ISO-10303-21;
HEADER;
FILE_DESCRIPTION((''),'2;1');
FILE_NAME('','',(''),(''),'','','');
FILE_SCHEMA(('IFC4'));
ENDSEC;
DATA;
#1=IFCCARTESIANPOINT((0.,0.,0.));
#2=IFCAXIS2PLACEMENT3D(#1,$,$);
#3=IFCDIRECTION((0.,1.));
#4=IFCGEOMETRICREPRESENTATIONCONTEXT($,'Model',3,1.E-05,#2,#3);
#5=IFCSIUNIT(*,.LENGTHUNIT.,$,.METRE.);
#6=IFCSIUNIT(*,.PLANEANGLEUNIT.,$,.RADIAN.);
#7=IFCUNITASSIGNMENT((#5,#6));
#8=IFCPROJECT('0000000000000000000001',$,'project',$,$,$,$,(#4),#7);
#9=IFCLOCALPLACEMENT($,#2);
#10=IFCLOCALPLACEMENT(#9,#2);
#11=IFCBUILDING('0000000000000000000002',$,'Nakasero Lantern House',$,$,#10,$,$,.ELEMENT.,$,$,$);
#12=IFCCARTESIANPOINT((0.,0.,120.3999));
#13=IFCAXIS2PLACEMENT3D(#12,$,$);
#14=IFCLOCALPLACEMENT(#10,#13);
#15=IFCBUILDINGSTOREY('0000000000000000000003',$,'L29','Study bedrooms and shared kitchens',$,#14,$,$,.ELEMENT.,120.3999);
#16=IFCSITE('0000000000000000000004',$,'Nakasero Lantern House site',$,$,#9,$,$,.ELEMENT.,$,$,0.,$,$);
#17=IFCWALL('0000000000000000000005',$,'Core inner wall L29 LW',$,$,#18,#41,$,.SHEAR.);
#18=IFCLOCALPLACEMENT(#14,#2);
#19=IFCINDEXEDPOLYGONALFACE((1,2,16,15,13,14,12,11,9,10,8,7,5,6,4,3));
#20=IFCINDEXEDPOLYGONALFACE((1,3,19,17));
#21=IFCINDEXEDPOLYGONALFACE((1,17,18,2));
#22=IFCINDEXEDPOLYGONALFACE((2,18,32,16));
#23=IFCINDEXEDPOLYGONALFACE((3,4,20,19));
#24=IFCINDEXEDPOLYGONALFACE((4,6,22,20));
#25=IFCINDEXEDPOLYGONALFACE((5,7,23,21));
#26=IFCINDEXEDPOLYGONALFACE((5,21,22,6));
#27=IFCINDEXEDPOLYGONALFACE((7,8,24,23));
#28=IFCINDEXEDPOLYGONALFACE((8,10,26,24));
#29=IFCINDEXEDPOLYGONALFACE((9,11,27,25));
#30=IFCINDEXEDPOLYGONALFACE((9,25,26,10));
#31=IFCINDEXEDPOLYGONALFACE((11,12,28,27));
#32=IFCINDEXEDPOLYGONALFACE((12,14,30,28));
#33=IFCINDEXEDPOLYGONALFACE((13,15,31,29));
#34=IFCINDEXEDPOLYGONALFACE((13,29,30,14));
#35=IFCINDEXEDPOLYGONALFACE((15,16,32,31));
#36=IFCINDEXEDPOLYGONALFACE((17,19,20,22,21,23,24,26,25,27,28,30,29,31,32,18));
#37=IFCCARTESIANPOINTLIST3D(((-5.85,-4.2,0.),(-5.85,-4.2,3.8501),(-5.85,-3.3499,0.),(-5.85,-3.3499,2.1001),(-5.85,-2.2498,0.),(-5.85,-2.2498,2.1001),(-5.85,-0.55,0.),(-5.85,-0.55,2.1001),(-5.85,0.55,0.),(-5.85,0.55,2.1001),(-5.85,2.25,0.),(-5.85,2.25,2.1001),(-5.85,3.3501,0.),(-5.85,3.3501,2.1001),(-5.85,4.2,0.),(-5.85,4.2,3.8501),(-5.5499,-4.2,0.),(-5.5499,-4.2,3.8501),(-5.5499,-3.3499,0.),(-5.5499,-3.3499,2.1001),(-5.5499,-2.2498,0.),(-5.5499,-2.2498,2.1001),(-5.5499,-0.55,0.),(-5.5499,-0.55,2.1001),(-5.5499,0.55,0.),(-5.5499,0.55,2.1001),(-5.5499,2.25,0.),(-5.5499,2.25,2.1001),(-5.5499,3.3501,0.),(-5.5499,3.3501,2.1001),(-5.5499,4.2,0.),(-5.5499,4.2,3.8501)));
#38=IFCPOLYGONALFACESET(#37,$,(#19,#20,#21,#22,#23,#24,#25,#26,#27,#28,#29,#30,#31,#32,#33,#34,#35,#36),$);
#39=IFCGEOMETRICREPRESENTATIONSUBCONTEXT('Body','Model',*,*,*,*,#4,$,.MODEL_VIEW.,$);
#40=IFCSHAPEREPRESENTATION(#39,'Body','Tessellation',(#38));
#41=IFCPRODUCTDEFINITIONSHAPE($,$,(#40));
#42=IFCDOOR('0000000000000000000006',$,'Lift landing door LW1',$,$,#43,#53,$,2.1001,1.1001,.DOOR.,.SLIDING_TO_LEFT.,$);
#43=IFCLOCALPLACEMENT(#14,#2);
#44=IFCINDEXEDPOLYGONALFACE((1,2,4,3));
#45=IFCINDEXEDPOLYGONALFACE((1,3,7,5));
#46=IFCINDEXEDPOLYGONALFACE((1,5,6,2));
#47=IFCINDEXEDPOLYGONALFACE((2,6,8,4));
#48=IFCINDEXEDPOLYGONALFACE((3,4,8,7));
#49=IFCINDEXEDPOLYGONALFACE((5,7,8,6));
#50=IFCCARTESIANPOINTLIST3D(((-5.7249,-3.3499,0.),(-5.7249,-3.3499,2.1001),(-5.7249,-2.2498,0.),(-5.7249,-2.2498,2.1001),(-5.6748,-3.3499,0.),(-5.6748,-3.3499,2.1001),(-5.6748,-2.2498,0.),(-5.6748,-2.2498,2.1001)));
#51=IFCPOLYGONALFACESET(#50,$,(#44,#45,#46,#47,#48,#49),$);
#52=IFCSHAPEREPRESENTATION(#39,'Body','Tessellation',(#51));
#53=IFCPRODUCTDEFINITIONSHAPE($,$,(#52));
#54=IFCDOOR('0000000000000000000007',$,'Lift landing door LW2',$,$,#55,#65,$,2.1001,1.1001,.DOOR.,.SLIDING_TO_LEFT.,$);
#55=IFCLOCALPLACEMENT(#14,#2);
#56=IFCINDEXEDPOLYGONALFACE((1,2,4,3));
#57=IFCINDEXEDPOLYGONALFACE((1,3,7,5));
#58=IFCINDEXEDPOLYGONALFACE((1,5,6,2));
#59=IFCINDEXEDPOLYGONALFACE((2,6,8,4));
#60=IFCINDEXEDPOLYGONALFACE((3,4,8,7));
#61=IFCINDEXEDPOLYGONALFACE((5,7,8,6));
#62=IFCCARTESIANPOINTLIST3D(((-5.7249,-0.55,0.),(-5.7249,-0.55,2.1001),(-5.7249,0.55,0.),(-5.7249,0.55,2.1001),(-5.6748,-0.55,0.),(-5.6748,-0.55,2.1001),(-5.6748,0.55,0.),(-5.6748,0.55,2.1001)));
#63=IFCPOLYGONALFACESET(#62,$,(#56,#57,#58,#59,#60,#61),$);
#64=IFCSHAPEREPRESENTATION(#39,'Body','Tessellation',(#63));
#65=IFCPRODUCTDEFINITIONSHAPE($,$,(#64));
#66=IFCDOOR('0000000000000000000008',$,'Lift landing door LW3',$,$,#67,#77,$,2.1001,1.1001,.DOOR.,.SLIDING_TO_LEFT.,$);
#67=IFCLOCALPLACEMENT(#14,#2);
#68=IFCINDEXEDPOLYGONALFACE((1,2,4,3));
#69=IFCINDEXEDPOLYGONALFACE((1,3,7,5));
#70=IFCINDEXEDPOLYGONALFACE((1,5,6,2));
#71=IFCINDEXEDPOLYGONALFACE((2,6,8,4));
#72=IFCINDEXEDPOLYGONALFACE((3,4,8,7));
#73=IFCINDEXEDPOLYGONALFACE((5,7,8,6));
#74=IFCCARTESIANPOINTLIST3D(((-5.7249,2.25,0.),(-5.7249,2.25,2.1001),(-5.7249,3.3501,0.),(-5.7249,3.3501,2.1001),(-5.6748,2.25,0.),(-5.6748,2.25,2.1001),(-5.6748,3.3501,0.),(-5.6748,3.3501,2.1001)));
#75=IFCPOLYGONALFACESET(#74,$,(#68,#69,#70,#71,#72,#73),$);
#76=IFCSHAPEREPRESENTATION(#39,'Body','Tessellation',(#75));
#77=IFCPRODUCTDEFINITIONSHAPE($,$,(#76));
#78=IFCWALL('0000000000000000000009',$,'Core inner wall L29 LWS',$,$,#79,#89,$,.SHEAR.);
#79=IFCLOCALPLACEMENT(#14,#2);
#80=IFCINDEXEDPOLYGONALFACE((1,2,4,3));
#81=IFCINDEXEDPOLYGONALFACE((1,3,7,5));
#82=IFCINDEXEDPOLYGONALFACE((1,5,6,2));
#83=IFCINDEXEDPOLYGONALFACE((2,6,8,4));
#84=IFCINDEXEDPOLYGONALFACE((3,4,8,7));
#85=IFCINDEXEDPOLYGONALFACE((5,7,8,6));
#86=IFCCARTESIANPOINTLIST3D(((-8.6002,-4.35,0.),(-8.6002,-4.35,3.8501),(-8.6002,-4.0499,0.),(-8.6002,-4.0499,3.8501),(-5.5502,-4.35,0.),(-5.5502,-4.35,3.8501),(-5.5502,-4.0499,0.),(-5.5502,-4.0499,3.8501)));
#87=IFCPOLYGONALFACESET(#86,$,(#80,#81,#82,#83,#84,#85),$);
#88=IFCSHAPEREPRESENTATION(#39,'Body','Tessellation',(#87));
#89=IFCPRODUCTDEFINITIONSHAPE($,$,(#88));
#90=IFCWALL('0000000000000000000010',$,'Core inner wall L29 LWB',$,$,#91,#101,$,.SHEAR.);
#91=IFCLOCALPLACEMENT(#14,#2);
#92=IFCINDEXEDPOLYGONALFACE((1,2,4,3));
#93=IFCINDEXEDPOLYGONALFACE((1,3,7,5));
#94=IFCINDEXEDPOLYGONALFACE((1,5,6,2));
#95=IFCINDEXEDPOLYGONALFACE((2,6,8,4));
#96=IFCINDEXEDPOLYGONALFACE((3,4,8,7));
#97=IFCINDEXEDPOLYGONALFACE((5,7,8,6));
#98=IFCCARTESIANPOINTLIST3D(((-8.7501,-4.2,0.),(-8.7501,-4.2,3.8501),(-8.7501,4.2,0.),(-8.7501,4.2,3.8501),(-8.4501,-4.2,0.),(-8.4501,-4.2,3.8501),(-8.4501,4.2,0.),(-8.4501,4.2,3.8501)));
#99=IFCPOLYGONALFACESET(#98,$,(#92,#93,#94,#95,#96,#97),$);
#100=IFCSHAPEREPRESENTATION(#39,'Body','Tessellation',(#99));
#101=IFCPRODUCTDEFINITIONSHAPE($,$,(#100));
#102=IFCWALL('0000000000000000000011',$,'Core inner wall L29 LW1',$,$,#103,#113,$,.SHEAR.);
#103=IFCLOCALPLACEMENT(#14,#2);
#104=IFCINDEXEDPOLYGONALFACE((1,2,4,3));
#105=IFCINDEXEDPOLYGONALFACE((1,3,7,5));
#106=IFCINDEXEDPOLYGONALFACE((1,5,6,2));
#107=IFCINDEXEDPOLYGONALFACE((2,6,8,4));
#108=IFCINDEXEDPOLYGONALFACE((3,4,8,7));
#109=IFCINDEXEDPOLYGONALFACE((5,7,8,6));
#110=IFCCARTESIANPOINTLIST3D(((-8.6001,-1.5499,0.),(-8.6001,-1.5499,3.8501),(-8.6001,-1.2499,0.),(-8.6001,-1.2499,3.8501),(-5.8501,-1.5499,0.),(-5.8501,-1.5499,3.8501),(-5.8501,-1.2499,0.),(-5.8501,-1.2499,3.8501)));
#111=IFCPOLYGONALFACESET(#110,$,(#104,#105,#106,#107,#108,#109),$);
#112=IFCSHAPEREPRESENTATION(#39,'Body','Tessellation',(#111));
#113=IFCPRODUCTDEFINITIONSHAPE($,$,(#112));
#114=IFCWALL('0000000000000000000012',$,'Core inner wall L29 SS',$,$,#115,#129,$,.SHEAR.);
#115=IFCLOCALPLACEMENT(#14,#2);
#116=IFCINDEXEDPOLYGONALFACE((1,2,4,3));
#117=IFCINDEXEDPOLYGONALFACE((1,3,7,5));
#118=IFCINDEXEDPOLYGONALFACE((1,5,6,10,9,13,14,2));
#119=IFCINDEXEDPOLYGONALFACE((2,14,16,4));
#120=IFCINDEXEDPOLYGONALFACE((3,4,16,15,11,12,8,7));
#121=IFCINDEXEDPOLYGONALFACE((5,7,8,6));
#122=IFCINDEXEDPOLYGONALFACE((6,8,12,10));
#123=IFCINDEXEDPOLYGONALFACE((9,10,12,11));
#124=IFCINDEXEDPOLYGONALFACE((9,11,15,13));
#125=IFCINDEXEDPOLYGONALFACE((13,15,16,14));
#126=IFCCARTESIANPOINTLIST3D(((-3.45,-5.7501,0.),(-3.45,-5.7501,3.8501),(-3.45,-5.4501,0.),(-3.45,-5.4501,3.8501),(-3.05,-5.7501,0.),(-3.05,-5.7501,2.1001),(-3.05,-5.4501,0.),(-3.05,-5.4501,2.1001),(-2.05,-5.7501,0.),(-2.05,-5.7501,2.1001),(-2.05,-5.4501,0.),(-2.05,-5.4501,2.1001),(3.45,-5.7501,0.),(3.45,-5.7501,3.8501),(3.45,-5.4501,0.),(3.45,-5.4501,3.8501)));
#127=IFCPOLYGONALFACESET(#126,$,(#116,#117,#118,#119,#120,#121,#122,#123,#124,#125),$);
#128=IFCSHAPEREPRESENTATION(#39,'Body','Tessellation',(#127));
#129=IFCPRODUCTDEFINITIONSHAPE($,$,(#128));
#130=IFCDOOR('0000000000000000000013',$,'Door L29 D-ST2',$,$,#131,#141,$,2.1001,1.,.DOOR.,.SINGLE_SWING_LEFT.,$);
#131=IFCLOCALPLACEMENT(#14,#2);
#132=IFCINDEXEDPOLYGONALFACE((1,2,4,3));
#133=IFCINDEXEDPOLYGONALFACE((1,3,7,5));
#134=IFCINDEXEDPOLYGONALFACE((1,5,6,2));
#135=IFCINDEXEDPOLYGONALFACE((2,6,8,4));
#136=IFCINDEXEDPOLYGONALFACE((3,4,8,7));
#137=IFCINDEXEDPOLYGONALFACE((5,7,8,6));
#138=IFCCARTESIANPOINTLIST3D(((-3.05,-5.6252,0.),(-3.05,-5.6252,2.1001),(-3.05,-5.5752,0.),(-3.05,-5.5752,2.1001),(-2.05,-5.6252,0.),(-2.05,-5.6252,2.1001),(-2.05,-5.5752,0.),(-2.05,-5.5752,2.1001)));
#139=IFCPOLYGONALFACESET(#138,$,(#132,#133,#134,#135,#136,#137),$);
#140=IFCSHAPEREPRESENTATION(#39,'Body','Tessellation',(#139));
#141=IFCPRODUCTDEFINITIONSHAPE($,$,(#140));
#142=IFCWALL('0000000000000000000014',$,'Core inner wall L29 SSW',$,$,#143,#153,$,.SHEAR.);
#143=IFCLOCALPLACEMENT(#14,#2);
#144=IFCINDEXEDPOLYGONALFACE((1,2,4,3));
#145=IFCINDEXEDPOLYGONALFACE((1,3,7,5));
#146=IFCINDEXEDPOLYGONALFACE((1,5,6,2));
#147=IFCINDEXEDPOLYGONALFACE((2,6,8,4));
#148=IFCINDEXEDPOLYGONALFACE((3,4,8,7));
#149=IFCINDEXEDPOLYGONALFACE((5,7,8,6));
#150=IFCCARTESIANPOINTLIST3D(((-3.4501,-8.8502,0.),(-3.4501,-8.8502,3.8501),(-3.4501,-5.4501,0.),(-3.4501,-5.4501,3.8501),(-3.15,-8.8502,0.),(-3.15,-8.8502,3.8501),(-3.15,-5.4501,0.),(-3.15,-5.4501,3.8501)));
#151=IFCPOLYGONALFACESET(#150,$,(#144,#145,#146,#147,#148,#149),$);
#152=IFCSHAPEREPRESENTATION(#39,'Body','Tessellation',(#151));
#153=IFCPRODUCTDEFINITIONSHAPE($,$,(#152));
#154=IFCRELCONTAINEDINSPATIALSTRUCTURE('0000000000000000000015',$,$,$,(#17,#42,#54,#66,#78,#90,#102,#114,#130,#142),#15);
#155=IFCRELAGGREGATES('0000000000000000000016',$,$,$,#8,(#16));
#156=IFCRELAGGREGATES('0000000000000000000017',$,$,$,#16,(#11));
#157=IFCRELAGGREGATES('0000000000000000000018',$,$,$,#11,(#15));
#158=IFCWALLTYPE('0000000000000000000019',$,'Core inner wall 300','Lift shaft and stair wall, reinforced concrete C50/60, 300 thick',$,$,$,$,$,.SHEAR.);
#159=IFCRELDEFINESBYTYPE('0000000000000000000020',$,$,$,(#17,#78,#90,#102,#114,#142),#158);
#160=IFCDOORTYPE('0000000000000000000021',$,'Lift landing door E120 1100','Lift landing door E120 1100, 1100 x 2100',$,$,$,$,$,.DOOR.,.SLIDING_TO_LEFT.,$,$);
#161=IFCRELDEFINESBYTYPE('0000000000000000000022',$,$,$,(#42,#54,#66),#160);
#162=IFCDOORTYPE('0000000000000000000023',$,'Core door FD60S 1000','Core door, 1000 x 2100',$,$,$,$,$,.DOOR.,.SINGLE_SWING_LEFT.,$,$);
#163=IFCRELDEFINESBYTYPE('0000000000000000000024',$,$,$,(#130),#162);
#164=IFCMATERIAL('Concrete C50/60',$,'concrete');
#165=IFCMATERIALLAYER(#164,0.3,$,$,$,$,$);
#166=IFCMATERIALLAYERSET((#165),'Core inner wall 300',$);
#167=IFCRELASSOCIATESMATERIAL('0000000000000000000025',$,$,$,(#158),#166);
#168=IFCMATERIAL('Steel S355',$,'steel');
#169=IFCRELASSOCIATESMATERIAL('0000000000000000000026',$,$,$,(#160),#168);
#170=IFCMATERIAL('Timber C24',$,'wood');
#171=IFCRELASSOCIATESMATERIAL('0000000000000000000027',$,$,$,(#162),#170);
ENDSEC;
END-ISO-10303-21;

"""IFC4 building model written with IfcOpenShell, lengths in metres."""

from ifc_helpers import new_model, si_unit, direction, frame, frame_2d, origin, place, context, subcontext, project, spatial, rectangle, extrude, material, layer, layer_set, type_object, element, fill, save


model = new_model("IFC4")

# Units and contexts
model_context = context("Model", 3, precision=1e-05, world=origin(), true_north=direction((0.0, 1.0)))
body_context = subcontext(model_context, "Body", "Model", "MODEL_VIEW")
ifc_project = project(units=[si_unit("LENGTHUNIT", "METRE"), si_unit("PLANEANGLEUNIT", "RADIAN")], contexts=[model_context])

# Site, building, storey
site_placement = place(None, origin())
site = spatial("IfcSite", under=ifc_project, at=site_placement, Name="Nakasero Lantern House site", CompositionType="ELEMENT", RefElevation=0.0)
building_placement = place(site_placement, origin())
building = spatial("IfcBuilding", under=site, at=building_placement, Name="Nakasero Lantern House", CompositionType="ELEMENT")
storey_placement = place(building_placement, frame((0.0, 0.0, 120.3999)))
storey = spatial("IfcBuildingStorey", under=building, at=storey_placement, Name="L29", Description="Study bedrooms and shared kitchens", CompositionType="ELEMENT", Elevation=120.3999)

# Wall, openings, doors
ifc_material_1 = material(Name="Concrete C50/60", Category="concrete")
ifc_layer_1 = layer(ifc_material_1, 0.3)
ifc_layer_set_1 = layer_set([ifc_layer_1], Name="Core inner wall 300")
wall_type_1 = type_object("IfcWallType", Name="Core inner wall 300", Description="Lift shaft and stair wall, reinforced concrete C50/60, 300 thick", PredefinedType="SHEAR", material=ifc_layer_set_1)
wall_1_placement = place(storey_placement, frame((-5.7, -4.2, 0.0), z_axis=(0.0, 0.0, 1.0), x_axis=(0.0, 1.0, 0.0)))
wall_1 = element("IfcWall", 1, at=wall_1_placement, inside=storey, type_object=wall_type_1, Name="Core inner wall L29 LW", PredefinedType="SHEAR", context=body_context, shape_type="SweptSolid", body=[
    extrude(rectangle(XDim=8.3999, YDim=0.3, at=frame_2d((4.2, 0.0))), origin(), (0.0, 0.0, 1.0), 3.8501),
])
opening_1_placement = place(wall_1_placement, frame((0.8501, 0.0, 0.0)))
opening_1 = element("IfcOpeningElement", 2, at=opening_1_placement, cuts=wall_1, PredefinedType="OPENING", context=body_context, shape_type="SweptSolid", body=[
    extrude(rectangle(XDim=1.1001, YDim=2.1001, at=frame_2d((0.55, 1.05))), frame((0.0, 0.1699, 0.0), z_axis=(0.0, -1.0, 0.0), x_axis=(1.0, 0.0, 0.0)), (0.0, 0.0, 1.0), 0.3401),
])
opening_2_placement = place(wall_1_placement, frame((3.6499, 0.0, 0.0)))
opening_2 = element("IfcOpeningElement", 3, at=opening_2_placement, cuts=wall_1, PredefinedType="OPENING", context=body_context, shape_type="SweptSolid", body=[
    extrude(rectangle(XDim=1.1001, YDim=2.1001, at=frame_2d((0.55, 1.05))), frame((0.0, 0.1699, 0.0), z_axis=(0.0, -1.0, 0.0), x_axis=(1.0, 0.0, 0.0)), (0.0, 0.0, 1.0), 0.3401),
])
opening_3_placement = place(wall_1_placement, frame((6.45, 0.0, 0.0)))
opening_3 = element("IfcOpeningElement", 4, at=opening_3_placement, cuts=wall_1, PredefinedType="OPENING", context=body_context, shape_type="SweptSolid", body=[
    extrude(rectangle(XDim=1.1001, YDim=2.1001, at=frame_2d((0.55, 1.05))), frame((0.0, 0.1699, 0.0), z_axis=(0.0, -1.0, 0.0), x_axis=(1.0, 0.0, 0.0)), (0.0, 0.0, 1.0), 0.3401),
])
ifc_material_2 = material(Name="Steel S355", Category="steel")
door_type_1 = type_object("IfcDoorType", Name="Lift landing door E120 1100", Description="Lift landing door E120 1100, 1100 x 2100", OperationType="SLIDING_TO_LEFT", PredefinedType="DOOR", material=ifc_material_2)
door_1_placement = place(opening_1_placement, origin())
door_1 = element("IfcDoor", 5, at=door_1_placement, inside=storey, type_object=door_type_1, Name="Lift landing door LW1", OperationType="SLIDING_TO_LEFT", OverallHeight=2.1001, OverallWidth=1.1001, PredefinedType="DOOR", context=body_context, shape_type="SweptSolid", body=[
    extrude(rectangle(XDim=1.1001, YDim=2.1001, at=frame_2d((0.55, 1.05))), frame((0.0, 0.0249, 0.0), z_axis=(0.0, -1.0, 0.0), x_axis=(1.0, 0.0, 0.0)), (0.0, 0.0, 1.0), 0.05),
])
fill(opening_1, door_1)
door_2_placement = place(opening_2_placement, origin())
door_2 = element("IfcDoor", 6, at=door_2_placement, inside=storey, type_object=door_type_1, Name="Lift landing door LW2", OperationType="SLIDING_TO_LEFT", OverallHeight=2.1001, OverallWidth=1.1001, PredefinedType="DOOR", context=body_context, shape_type="SweptSolid", body=[
    extrude(rectangle(XDim=1.1001, YDim=2.1001, at=frame_2d((0.55, 1.05))), frame((0.0, 0.0249, 0.0), z_axis=(0.0, -1.0, 0.0), x_axis=(1.0, 0.0, 0.0)), (0.0, 0.0, 1.0), 0.05),
])
fill(opening_2, door_2)
door_3_placement = place(opening_3_placement, origin())
door_3 = element("IfcDoor", 7, at=door_3_placement, inside=storey, type_object=door_type_1, Name="Lift landing door LW3", OperationType="SLIDING_TO_LEFT", OverallHeight=2.1001, OverallWidth=1.1001, PredefinedType="DOOR", context=body_context, shape_type="SweptSolid", body=[
    extrude(rectangle(XDim=1.1001, YDim=2.1001, at=frame_2d((0.55, 1.05))), frame((0.0, 0.0249, 0.0), z_axis=(0.0, -1.0, 0.0), x_axis=(1.0, 0.0, 0.0)), (0.0, 0.0, 1.0), 0.05),
])
fill(opening_3, door_3)

# Walls
wall_2_placement = place(storey_placement, frame((-8.6001, -4.2, 0.0), z_axis=(0.0, 0.0, 1.0), x_axis=(1.0, 0.0, 0.0)))
element("IfcWall", 8, at=wall_2_placement, inside=storey, type_object=wall_type_1, Name="Core inner wall L29 LWS", PredefinedType="SHEAR", context=body_context, shape_type="SweptSolid", body=[
    extrude(rectangle(XDim=3.05, YDim=0.3, at=frame_2d((1.5249, 0.0))), origin(), (0.0, 0.0, 1.0), 3.8501),
])
wall_3_placement = place(storey_placement, frame((-8.6001, -4.2, 0.0), z_axis=(0.0, 0.0, 1.0), x_axis=(0.0, 1.0, 0.0)))
element("IfcWall", 9, at=wall_3_placement, inside=storey, type_object=wall_type_1, Name="Core inner wall L29 LWB", PredefinedType="SHEAR", context=body_context, shape_type="SweptSolid", body=[
    extrude(rectangle(XDim=8.3999, YDim=0.3, at=frame_2d((4.2, 0.0))), origin(), (0.0, 0.0, 1.0), 3.8501),
])
wall_4_placement = place(storey_placement, frame((-8.6001, -1.3999, 0.0), z_axis=(0.0, 0.0, 1.0), x_axis=(1.0, 0.0, 0.0)))
element("IfcWall", 10, at=wall_4_placement, inside=storey, type_object=wall_type_1, Name="Core inner wall L29 LW1", PredefinedType="SHEAR", context=body_context, shape_type="SweptSolid", body=[
    extrude(rectangle(XDim=2.75, YDim=0.3, at=frame_2d((1.375, 0.0))), origin(), (0.0, 0.0, 1.0), 3.8501),
])

# Wall, opening, door
wall_5_placement = place(storey_placement, frame((-3.45, -5.6001, 0.0), z_axis=(0.0, 0.0, 1.0), x_axis=(1.0, 0.0, 0.0)))
wall_5 = element("IfcWall", 11, at=wall_5_placement, inside=storey, type_object=wall_type_1, Name="Core inner wall L29 SS", PredefinedType="SHEAR", context=body_context, shape_type="SweptSolid", body=[
    extrude(rectangle(XDim=6.8999, YDim=0.3, at=frame_2d((3.45, 0.0))), origin(), (0.0, 0.0, 1.0), 3.8501),
])
opening_4_placement = place(wall_5_placement, frame((0.3999, 0.0, 0.0)))
opening_4 = element("IfcOpeningElement", 12, at=opening_4_placement, cuts=wall_5, PredefinedType="OPENING", context=body_context, shape_type="SweptSolid", body=[
    extrude(rectangle(XDim=1.0, YDim=2.1001, at=frame_2d((0.5, 1.05))), frame((0.0, 0.1699, 0.0), z_axis=(0.0, -1.0, 0.0), x_axis=(1.0, 0.0, 0.0)), (0.0, 0.0, 1.0), 0.3401),
])
ifc_material_3 = material(Name="Timber C24", Category="wood")
door_type_2 = type_object("IfcDoorType", Name="Core door FD60S 1000", Description="Core door, 1000 x 2100", OperationType="SINGLE_SWING_LEFT", PredefinedType="DOOR", material=ifc_material_3)
door_4_placement = place(opening_4_placement, origin())
door_4 = element("IfcDoor", 13, at=door_4_placement, inside=storey, type_object=door_type_2, Name="Door L29 D-ST2", OperationType="SINGLE_SWING_LEFT", OverallHeight=2.1001, OverallWidth=1.0, PredefinedType="DOOR", context=body_context, shape_type="SweptSolid", body=[
    extrude(rectangle(XDim=1.0, YDim=2.1001, at=frame_2d((0.5, 1.05))), frame((0.0, 0.0249, 0.0), z_axis=(0.0, -1.0, 0.0), x_axis=(1.0, 0.0, 0.0)), (0.0, 0.0, 1.0), 0.05),
])
fill(opening_4, door_4)

# Wall
wall_6_placement = place(storey_placement, frame((-3.3, -5.45, 0.0), z_axis=(0.0, 0.0, 1.0), x_axis=(0.0, -1.0, 0.0)))
element("IfcWall", 14, at=wall_6_placement, inside=storey, type_object=wall_type_1, Name="Core inner wall L29 SSW", PredefinedType="SHEAR", context=body_context, shape_type="SweptSolid", body=[
    extrude(rectangle(XDim=3.4001, YDim=0.3, at=frame_2d((1.7002, 0.0))), origin(), (0.0, 0.0, 1.0), 3.8501),
])

save(model, "model.ifc")
